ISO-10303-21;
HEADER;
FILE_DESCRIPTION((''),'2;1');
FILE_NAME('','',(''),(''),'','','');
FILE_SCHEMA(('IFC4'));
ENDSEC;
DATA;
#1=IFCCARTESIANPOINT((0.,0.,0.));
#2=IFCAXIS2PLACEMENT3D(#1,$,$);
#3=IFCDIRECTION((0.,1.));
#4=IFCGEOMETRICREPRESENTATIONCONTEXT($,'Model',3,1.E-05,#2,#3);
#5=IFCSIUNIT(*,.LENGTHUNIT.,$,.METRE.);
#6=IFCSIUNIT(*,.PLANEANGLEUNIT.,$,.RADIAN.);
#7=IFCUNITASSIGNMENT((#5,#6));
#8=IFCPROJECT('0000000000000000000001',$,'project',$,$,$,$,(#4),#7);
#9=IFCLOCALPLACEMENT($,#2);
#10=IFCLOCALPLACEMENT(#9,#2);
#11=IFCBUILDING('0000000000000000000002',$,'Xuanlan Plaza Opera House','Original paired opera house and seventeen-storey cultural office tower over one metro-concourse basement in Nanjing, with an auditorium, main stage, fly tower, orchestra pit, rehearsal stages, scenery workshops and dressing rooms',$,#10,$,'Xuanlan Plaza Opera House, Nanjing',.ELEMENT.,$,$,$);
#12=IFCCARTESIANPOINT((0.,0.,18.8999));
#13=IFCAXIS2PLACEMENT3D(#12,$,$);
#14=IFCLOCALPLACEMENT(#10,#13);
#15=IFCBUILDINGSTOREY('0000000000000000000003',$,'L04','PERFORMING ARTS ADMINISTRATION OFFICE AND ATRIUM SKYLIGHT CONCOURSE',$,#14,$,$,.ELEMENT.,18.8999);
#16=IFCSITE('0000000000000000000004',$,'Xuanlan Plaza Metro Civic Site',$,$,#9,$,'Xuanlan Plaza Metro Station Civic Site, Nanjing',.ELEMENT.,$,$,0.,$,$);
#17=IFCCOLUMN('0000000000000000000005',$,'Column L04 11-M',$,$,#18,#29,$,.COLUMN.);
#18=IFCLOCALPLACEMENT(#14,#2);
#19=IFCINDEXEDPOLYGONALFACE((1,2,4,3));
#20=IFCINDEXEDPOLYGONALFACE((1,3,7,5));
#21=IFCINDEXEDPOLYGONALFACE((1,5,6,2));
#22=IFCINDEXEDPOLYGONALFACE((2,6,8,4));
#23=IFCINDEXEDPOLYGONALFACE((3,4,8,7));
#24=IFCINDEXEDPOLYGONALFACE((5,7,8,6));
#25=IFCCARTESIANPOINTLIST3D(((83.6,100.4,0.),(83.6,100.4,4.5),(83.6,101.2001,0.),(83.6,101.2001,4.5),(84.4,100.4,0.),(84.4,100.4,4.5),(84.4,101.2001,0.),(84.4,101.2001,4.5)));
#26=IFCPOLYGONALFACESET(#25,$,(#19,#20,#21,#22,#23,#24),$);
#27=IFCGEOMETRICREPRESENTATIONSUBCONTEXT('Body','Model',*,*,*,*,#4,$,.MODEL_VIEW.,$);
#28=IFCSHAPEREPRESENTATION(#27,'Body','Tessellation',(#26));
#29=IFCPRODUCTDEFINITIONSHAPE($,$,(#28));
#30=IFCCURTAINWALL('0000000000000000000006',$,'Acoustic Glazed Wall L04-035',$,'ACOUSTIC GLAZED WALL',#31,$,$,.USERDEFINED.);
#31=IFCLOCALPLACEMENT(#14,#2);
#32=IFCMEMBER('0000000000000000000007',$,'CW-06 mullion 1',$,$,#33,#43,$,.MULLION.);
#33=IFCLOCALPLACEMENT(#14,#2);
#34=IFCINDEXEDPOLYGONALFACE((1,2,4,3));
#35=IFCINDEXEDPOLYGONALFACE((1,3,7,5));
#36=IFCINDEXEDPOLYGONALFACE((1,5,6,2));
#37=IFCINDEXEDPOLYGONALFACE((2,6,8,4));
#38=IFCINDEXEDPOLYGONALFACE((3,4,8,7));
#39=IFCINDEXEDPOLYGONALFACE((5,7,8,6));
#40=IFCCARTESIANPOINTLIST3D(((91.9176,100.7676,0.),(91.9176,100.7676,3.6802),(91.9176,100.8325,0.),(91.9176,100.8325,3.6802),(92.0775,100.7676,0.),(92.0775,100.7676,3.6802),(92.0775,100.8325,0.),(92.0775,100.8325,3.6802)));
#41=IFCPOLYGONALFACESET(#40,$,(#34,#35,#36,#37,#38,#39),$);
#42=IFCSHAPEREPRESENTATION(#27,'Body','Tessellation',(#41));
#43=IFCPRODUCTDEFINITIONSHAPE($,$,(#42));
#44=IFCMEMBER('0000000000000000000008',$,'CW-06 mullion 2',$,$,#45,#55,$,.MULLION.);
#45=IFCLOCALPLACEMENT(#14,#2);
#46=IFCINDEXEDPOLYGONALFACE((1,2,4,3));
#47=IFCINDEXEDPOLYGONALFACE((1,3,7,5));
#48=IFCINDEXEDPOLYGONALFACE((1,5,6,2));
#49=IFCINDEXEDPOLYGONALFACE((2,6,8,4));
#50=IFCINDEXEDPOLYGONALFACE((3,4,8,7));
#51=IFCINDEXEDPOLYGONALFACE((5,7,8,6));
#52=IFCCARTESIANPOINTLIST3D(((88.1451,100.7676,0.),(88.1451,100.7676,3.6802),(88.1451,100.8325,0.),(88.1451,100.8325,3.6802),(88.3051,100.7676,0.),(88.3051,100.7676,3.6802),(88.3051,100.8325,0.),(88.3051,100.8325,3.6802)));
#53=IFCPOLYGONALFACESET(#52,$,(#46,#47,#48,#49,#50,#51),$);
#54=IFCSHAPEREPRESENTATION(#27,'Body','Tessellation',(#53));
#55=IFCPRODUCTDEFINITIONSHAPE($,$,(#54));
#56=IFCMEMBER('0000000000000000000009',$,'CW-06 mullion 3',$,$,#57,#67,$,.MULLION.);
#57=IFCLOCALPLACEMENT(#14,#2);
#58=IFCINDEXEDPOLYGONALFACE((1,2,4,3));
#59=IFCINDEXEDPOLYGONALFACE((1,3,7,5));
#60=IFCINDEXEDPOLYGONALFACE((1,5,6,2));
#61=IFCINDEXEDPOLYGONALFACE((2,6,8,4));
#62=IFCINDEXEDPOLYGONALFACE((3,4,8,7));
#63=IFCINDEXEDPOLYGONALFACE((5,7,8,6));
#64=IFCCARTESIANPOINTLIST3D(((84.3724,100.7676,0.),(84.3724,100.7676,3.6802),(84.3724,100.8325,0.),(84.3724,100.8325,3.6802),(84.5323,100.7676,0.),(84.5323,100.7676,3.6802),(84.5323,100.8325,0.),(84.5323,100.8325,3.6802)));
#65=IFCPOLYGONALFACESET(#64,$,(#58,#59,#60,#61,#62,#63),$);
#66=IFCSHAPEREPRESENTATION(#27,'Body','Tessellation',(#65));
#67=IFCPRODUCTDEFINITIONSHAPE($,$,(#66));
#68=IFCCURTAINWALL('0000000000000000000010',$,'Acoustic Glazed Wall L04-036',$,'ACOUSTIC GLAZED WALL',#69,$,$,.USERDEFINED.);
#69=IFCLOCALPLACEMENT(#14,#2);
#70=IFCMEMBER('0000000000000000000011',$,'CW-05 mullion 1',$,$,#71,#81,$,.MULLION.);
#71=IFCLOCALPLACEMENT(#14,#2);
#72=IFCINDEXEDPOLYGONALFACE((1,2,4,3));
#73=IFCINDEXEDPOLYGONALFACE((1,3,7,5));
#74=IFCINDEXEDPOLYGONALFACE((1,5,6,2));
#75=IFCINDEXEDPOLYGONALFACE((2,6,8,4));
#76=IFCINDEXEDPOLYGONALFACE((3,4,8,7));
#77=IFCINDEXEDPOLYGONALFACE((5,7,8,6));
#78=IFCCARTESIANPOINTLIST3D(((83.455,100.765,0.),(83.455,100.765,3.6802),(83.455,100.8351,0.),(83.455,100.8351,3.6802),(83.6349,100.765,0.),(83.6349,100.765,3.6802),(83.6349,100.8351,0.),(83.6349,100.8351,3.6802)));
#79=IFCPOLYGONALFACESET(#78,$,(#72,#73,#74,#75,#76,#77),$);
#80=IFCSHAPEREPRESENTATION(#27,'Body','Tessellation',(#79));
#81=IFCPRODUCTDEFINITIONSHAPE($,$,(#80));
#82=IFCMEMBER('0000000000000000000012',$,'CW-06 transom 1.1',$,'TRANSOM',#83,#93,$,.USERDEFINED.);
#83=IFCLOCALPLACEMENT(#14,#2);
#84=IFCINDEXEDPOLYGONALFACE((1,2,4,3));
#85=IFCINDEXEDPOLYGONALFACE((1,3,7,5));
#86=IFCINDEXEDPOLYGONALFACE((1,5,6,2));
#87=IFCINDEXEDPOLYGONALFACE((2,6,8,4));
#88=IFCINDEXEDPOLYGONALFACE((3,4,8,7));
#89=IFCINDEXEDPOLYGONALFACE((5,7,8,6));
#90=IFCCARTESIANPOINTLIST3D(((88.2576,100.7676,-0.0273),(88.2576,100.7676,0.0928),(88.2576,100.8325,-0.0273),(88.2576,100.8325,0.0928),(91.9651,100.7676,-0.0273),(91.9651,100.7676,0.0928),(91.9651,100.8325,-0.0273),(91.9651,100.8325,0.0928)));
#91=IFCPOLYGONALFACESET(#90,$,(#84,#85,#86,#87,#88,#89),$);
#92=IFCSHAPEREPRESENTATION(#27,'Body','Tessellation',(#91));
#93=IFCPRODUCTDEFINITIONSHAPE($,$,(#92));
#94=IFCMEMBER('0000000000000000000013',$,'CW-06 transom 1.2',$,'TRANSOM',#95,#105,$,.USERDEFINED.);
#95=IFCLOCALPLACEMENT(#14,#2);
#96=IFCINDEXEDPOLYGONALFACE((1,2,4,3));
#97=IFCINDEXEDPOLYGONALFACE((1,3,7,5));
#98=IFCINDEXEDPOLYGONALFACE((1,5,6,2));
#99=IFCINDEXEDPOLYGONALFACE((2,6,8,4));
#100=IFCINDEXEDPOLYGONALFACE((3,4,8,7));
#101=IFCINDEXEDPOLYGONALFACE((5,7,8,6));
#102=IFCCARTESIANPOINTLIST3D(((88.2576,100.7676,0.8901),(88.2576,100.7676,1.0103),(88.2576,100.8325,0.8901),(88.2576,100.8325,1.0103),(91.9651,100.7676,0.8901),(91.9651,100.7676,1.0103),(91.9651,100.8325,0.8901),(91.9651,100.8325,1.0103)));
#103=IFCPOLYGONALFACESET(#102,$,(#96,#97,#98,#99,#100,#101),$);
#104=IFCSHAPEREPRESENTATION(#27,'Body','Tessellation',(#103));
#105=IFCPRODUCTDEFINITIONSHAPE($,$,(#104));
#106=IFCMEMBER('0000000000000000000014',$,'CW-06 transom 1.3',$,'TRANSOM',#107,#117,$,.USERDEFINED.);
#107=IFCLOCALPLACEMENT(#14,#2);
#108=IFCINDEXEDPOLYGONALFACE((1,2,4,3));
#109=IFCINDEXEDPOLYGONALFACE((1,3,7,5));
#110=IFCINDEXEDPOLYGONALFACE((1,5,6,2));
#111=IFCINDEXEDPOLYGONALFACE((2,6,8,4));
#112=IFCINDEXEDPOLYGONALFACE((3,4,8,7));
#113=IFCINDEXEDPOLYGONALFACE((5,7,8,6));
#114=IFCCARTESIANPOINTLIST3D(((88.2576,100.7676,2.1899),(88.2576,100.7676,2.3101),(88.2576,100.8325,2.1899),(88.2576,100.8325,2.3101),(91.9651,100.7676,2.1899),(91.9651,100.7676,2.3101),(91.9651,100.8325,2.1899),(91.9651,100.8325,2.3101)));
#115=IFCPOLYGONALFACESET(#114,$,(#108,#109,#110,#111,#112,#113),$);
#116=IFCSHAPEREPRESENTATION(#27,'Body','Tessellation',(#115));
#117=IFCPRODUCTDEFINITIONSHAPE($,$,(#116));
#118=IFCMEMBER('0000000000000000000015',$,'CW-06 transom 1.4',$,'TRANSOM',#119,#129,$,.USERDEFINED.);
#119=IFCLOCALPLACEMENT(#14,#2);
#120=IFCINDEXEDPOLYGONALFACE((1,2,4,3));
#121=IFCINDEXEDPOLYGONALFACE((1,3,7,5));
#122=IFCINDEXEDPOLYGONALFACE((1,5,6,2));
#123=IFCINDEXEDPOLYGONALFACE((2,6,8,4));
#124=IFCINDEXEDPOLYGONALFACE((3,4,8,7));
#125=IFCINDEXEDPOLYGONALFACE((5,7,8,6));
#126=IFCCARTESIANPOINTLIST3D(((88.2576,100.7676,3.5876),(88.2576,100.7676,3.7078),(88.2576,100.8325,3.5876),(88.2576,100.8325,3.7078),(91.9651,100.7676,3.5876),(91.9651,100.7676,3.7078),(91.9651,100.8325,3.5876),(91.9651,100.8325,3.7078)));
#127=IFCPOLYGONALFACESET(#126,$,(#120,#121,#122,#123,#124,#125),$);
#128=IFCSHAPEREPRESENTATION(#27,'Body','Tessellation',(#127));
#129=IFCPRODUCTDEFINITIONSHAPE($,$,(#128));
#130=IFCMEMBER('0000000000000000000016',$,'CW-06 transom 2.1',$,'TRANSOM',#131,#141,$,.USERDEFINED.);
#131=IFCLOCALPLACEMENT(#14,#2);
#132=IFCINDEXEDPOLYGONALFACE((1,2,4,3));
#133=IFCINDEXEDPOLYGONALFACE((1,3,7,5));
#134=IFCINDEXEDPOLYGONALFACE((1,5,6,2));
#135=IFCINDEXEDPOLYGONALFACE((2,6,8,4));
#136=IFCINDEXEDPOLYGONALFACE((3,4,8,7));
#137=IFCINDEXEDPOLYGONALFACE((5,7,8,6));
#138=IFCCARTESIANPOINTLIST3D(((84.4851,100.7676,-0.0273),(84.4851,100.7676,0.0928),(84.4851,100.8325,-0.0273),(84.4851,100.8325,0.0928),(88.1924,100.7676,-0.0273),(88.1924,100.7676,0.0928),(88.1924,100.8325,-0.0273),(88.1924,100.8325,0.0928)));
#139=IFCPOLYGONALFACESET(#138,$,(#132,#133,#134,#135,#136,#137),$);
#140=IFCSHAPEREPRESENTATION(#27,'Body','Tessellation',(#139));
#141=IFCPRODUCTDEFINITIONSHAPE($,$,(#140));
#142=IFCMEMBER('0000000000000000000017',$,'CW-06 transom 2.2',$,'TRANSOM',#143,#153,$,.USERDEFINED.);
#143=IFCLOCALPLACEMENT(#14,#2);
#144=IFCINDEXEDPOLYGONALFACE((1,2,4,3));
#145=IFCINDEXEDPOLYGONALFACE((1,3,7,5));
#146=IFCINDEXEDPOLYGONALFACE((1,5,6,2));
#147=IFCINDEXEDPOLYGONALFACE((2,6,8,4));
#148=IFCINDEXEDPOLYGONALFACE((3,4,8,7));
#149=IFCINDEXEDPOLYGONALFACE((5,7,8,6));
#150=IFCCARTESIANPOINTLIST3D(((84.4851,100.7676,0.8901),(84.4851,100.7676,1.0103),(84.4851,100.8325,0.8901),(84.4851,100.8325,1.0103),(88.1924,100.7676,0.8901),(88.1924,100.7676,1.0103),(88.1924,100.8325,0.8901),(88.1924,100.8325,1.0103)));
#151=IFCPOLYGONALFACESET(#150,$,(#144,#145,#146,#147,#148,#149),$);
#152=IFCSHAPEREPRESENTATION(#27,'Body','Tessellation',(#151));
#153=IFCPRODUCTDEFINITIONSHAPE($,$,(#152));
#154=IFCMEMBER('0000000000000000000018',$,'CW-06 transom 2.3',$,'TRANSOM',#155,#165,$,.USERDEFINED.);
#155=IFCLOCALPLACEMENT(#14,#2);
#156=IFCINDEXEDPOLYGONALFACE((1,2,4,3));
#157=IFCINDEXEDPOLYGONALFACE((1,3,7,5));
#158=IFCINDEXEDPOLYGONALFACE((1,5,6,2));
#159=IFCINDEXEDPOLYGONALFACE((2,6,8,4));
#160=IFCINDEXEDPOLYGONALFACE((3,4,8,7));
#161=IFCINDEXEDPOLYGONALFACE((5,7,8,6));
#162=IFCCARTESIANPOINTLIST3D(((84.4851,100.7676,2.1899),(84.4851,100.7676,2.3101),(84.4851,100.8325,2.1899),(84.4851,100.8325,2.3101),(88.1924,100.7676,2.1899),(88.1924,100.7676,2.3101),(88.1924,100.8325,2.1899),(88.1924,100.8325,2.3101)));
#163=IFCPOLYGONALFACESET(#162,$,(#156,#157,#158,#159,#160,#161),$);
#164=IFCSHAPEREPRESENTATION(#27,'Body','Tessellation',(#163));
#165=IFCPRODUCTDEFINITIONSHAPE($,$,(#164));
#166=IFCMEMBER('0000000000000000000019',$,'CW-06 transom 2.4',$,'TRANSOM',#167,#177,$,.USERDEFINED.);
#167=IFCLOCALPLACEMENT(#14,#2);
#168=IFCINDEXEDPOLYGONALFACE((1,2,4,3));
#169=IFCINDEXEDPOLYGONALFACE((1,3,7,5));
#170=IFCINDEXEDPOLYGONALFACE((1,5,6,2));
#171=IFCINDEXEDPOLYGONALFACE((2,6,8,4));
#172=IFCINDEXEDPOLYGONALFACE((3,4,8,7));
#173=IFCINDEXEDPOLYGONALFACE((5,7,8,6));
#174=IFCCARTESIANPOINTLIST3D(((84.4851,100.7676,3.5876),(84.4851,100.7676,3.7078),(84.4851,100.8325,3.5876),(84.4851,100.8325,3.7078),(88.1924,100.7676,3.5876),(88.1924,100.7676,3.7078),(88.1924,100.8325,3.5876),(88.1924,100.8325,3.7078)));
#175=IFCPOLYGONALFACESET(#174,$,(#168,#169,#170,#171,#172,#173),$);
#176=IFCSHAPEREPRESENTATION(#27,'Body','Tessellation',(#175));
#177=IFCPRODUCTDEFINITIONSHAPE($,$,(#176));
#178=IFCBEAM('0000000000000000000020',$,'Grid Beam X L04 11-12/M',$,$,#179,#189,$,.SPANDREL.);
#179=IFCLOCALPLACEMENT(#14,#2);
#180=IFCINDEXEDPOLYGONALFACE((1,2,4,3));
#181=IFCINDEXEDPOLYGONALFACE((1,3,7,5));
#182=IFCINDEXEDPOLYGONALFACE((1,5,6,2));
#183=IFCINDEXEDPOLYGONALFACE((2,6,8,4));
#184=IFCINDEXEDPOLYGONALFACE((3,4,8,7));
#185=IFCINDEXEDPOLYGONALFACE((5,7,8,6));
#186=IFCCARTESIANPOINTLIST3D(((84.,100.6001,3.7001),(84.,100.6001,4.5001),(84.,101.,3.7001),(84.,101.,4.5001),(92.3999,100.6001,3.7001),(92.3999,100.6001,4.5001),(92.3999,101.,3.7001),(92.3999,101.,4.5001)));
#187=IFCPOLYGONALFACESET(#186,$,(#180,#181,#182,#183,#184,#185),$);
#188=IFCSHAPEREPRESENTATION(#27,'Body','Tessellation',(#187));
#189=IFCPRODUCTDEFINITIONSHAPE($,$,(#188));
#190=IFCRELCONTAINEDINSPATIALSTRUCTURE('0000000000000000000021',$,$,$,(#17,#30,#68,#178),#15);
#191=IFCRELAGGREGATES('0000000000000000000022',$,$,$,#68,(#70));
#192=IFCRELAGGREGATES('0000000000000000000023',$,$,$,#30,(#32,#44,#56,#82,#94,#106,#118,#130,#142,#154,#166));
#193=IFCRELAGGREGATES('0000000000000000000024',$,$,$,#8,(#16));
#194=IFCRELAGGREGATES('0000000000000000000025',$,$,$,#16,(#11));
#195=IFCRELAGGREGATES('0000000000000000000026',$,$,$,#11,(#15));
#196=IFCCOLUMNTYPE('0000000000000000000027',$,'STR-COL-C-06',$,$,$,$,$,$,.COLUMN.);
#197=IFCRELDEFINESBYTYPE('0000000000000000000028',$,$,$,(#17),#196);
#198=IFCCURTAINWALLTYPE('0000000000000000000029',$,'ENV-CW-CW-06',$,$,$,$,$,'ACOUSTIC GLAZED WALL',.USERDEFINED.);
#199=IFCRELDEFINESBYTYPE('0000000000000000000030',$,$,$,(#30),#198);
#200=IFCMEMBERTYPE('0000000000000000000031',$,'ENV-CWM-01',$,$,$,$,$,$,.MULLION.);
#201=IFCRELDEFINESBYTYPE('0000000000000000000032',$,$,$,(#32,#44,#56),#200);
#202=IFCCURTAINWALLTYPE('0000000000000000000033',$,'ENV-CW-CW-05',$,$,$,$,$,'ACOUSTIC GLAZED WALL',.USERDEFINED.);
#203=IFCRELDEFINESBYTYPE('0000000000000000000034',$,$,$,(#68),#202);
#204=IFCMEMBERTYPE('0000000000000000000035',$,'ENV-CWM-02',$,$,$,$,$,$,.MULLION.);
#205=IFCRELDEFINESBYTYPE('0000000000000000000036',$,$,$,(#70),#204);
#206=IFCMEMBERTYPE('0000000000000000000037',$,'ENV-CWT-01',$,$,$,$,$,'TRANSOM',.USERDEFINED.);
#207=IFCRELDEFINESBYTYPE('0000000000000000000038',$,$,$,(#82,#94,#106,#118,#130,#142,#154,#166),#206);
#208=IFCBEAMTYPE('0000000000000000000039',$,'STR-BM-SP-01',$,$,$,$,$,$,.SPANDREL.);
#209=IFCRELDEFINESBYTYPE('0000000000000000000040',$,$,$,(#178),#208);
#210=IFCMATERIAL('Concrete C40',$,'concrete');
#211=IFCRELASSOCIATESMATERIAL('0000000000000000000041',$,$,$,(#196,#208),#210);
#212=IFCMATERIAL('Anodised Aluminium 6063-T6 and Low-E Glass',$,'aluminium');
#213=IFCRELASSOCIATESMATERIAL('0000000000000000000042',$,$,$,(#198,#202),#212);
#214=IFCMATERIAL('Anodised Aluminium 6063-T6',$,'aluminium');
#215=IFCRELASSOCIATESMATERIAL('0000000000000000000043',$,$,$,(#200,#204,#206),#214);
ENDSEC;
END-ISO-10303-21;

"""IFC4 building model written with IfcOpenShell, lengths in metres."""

from ifc_helpers import new_model, si_unit, direction, frame, origin, origin_2d, place, context, subcontext, project, spatial, rectangle, extrude, material, material_profile, profile_set, type_object, element, aggregate, save


model = new_model("IFC4")

# Units and contexts
model_context = context("Model", 3, precision=1e-05, world=origin(), true_north=direction((0.0, 1.0)))
body_context = subcontext(model_context, "Body", "Model", "MODEL_VIEW")
ifc_project = project(units=[si_unit("LENGTHUNIT", "METRE"), si_unit("PLANEANGLEUNIT", "RADIAN")], contexts=[model_context])

# Site, building, storey
site_placement = place(None, origin())
site = spatial("IfcSite", under=ifc_project, at=site_placement, Name="Xuanlan Plaza Metro Civic Site", LongName="Xuanlan Plaza Metro Station Civic Site, Nanjing", CompositionType="ELEMENT", RefElevation=0.0)
building_placement = place(site_placement, origin())
building = spatial("IfcBuilding", under=site, at=building_placement, Name="Xuanlan Plaza Opera House", Description="Original paired opera house and seventeen-storey cultural office tower over one metro-concourse basement in Nanjing, with an auditorium, main stage, fly tower, orchestra pit, rehearsal stages, scenery workshops and dressing rooms", LongName="Xuanlan Plaza Opera House, Nanjing", CompositionType="ELEMENT")
storey_placement = place(building_placement, frame((0.0, 0.0, 18.8999)))
storey = spatial("IfcBuildingStorey", under=building, at=storey_placement, Name="L04", Description="PERFORMING ARTS ADMINISTRATION OFFICE AND ATRIUM SKYLIGHT CONCOURSE", CompositionType="ELEMENT", Elevation=18.8999)

# Column
ifc_material_1 = material(Name="Concrete C40", Category="concrete")
ifc_material_profile_1 = material_profile(ifc_material_1, rectangle(XDim=0.8, YDim=0.8, at=origin_2d()), Name="RC-COL 800x800")
ifc_profile_set_1 = profile_set([ifc_material_profile_1], Name="Concrete C40")
column_type = type_object("IfcColumnType", Name="STR-COL-C-06", PredefinedType="COLUMN", material=ifc_profile_set_1)
column_placement = place(storey_placement, frame((84.0, 100.8, 0.0), z_axis=(0.0, 0.0, 1.0), x_axis=(1.0, 0.0, 0.0)))
element("IfcColumn", 1, at=column_placement, inside=storey, type_object=column_type, Name="Column L04 11-M", PredefinedType="COLUMN", context=body_context, shape_type="SweptSolid", body=[
    extrude(rectangle(XDim=0.8, YDim=0.8, at=origin_2d()), origin(), (0.0, 0.0, 1.0), 4.5),
])

# Curtain wall, members
ifc_material_2 = material(Name="Anodised Aluminium 6063-T6 and Low-E Glass", Category="aluminium")
curtain_wall_type_1 = type_object("IfcCurtainWallType", Name="ENV-CW-CW-06", ElementType="ACOUSTIC GLAZED WALL", PredefinedType="USERDEFINED", material=ifc_material_2)
curtain_wall_1_placement = place(storey_placement, origin())
curtain_wall_1 = element("IfcCurtainWall", 2, at=curtain_wall_1_placement, inside=storey, type_object=curtain_wall_type_1, Name="Acoustic Glazed Wall L04-035", ObjectType="ACOUSTIC GLAZED WALL", PredefinedType="USERDEFINED")
ifc_material_3 = material(Name="Anodised Aluminium 6063-T6", Category="aluminium")
ifc_material_profile_2 = material_profile(ifc_material_3, rectangle(XDim=0.0649, YDim=0.1599, at=origin_2d()), Name="ALU-M 65x160")
ifc_profile_set_2 = profile_set([ifc_material_profile_2], Name="Anodised Aluminium 6063-T6")
member_type_1 = type_object("IfcMemberType", Name="ENV-CWM-01", PredefinedType="MULLION", material=ifc_profile_set_2)
member_1_placement = place(storey_placement, frame((91.9976, 100.8, 0.0), z_axis=(0.0, 0.0, 1.0), x_axis=(0.0, -1.0, 0.0)))
member_1 = element("IfcMember", 3, at=member_1_placement, type_object=member_type_1, Name="CW-06 mullion 1", PredefinedType="MULLION", context=body_context, shape_type="SweptSolid", body=[
    extrude(rectangle(XDim=0.0649, YDim=0.1599, at=origin_2d()), origin(), (0.0, 0.0, 1.0), 3.6802),
])
member_2_placement = place(storey_placement, frame((88.2251, 100.8, 0.0), z_axis=(0.0, 0.0, 1.0), x_axis=(0.0, -1.0, 0.0)))
member_2 = element("IfcMember", 4, at=member_2_placement, type_object=member_type_1, Name="CW-06 mullion 2", PredefinedType="MULLION", context=body_context, shape_type="SweptSolid", body=[
    extrude(rectangle(XDim=0.0649, YDim=0.1599, at=origin_2d()), origin(), (0.0, 0.0, 1.0), 3.6802),
])
member_3_placement = place(storey_placement, frame((84.4524, 100.8, 0.0), z_axis=(0.0, 0.0, 1.0), x_axis=(0.0, -1.0, 0.0)))
member_3 = element("IfcMember", 5, at=member_3_placement, type_object=member_type_1, Name="CW-06 mullion 3", PredefinedType="MULLION", context=body_context, shape_type="SweptSolid", body=[
    extrude(rectangle(XDim=0.0649, YDim=0.1599, at=origin_2d()), origin(), (0.0, 0.0, 1.0), 3.6802),
])

# Curtain wall, member
curtain_wall_type_2 = type_object("IfcCurtainWallType", Name="ENV-CW-CW-05", ElementType="ACOUSTIC GLAZED WALL", PredefinedType="USERDEFINED", material=ifc_material_2)
curtain_wall_2_placement = place(storey_placement, origin())
curtain_wall_2 = element("IfcCurtainWall", 6, at=curtain_wall_2_placement, inside=storey, type_object=curtain_wall_type_2, Name="Acoustic Glazed Wall L04-036", ObjectType="ACOUSTIC GLAZED WALL", PredefinedType="USERDEFINED")
ifc_material_profile_3 = material_profile(ifc_material_3, rectangle(XDim=0.0701, YDim=0.1799, at=origin_2d()), Name="ALU-M 70x180")
ifc_profile_set_3 = profile_set([ifc_material_profile_3], Name="Anodised Aluminium 6063-T6")
member_type_2 = type_object("IfcMemberType", Name="ENV-CWM-02", PredefinedType="MULLION", material=ifc_profile_set_3)
member_4_placement = place(storey_placement, frame((83.5449, 100.8, 0.0), z_axis=(0.0, 0.0, 1.0), x_axis=(0.0, -1.0, 0.0)))
member_4 = element("IfcMember", 7, at=member_4_placement, type_object=member_type_2, Name="CW-05 mullion 1", PredefinedType="MULLION", context=body_context, shape_type="SweptSolid", body=[
    extrude(rectangle(XDim=0.0701, YDim=0.1799, at=origin_2d()), origin(), (0.0, 0.0, 1.0), 3.6802),
])
aggregate(curtain_wall_2, [member_4])

# Members
ifc_material_profile_4 = material_profile(ifc_material_3, rectangle(XDim=0.0649, YDim=0.1201, at=origin_2d()), Name="ALU-T 65x120")
ifc_profile_set_4 = profile_set([ifc_material_profile_4], Name="Anodised Aluminium 6063-T6")
member_type_3 = type_object("IfcMemberType", Name="ENV-CWT-01", ElementType="TRANSOM", PredefinedType="USERDEFINED", material=ifc_profile_set_4)
member_5_placement = place(storey_placement, frame((91.9651, 100.8, 0.0327), z_axis=(-1.0, 0.0, 0.0), x_axis=(0.0, -1.0, 0.0)))
member_5 = element("IfcMember", 8, at=member_5_placement, type_object=member_type_3, Name="CW-06 transom 1.1", ObjectType="TRANSOM", PredefinedType="USERDEFINED", context=body_context, shape_type="SweptSolid", body=[
    extrude(rectangle(XDim=0.0649, YDim=0.1201, at=origin_2d()), origin(), (0.0, 0.0, 1.0), 3.7075),
])
member_6_placement = place(storey_placement, frame((91.9651, 100.8, 0.9502), z_axis=(-1.0, 0.0, 0.0), x_axis=(0.0, -1.0, 0.0)))
member_6 = element("IfcMember", 9, at=member_6_placement, type_object=member_type_3, Name="CW-06 transom 1.2", ObjectType="TRANSOM", PredefinedType="USERDEFINED", context=body_context, shape_type="SweptSolid", body=[
    extrude(rectangle(XDim=0.0649, YDim=0.1201, at=origin_2d()), origin(), (0.0, 0.0, 1.0), 3.7075),
])
member_7_placement = place(storey_placement, frame((91.9651, 100.8, 2.25), z_axis=(-1.0, 0.0, 0.0), x_axis=(0.0, -1.0, 0.0)))
member_7 = element("IfcMember", 10, at=member_7_placement, type_object=member_type_3, Name="CW-06 transom 1.3", ObjectType="TRANSOM", PredefinedType="USERDEFINED", context=body_context, shape_type="SweptSolid", body=[
    extrude(rectangle(XDim=0.0649, YDim=0.1201, at=origin_2d()), origin(), (0.0, 0.0, 1.0), 3.7075),
])
member_8_placement = place(storey_placement, frame((91.9651, 100.8, 3.6477), z_axis=(-1.0, 0.0, 0.0), x_axis=(0.0, -1.0, 0.0)))
member_8 = element("IfcMember", 11, at=member_8_placement, type_object=member_type_3, Name="CW-06 transom 1.4", ObjectType="TRANSOM", PredefinedType="USERDEFINED", context=body_context, shape_type="SweptSolid", body=[
    extrude(rectangle(XDim=0.0649, YDim=0.1201, at=origin_2d()), origin(), (0.0, 0.0, 1.0), 3.7075),
])
member_9_placement = place(storey_placement, frame((88.1924, 100.8, 0.0327), z_axis=(-1.0, 0.0, 0.0), x_axis=(0.0, -1.0, 0.0)))
member_9 = element("IfcMember", 12, at=member_9_placement, type_object=member_type_3, Name="CW-06 transom 2.1", ObjectType="TRANSOM", PredefinedType="USERDEFINED", context=body_context, shape_type="SweptSolid", body=[
    extrude(rectangle(XDim=0.0649, YDim=0.1201, at=origin_2d()), origin(), (0.0, 0.0, 1.0), 3.7073),
])
member_10_placement = place(storey_placement, frame((88.1924, 100.8, 0.9502), z_axis=(-1.0, 0.0, 0.0), x_axis=(0.0, -1.0, 0.0)))
member_10 = element("IfcMember", 13, at=member_10_placement, type_object=member_type_3, Name="CW-06 transom 2.2", ObjectType="TRANSOM", PredefinedType="USERDEFINED", context=body_context, shape_type="SweptSolid", body=[
    extrude(rectangle(XDim=0.0649, YDim=0.1201, at=origin_2d()), origin(), (0.0, 0.0, 1.0), 3.7073),
])
member_11_placement = place(storey_placement, frame((88.1924, 100.8, 2.25), z_axis=(-1.0, 0.0, 0.0), x_axis=(0.0, -1.0, 0.0)))
member_11 = element("IfcMember", 14, at=member_11_placement, type_object=member_type_3, Name="CW-06 transom 2.3", ObjectType="TRANSOM", PredefinedType="USERDEFINED", context=body_context, shape_type="SweptSolid", body=[
    extrude(rectangle(XDim=0.0649, YDim=0.1201, at=origin_2d()), origin(), (0.0, 0.0, 1.0), 3.7073),
])
member_12_placement = place(storey_placement, frame((88.1924, 100.8, 3.6477), z_axis=(-1.0, 0.0, 0.0), x_axis=(0.0, -1.0, 0.0)))
member_12 = element("IfcMember", 15, at=member_12_placement, type_object=member_type_3, Name="CW-06 transom 2.4", ObjectType="TRANSOM", PredefinedType="USERDEFINED", context=body_context, shape_type="SweptSolid", body=[
    extrude(rectangle(XDim=0.0649, YDim=0.1201, at=origin_2d()), origin(), (0.0, 0.0, 1.0), 3.7073),
])

# Beam
ifc_material_profile_5 = material_profile(ifc_material_1, rectangle(XDim=0.3999, YDim=0.8, at=origin_2d()), Name="RC-SPD 400x800")
ifc_profile_set_5 = profile_set([ifc_material_profile_5], Name="Concrete C40")
beam_type = type_object("IfcBeamType", Name="STR-BM-SP-01", PredefinedType="SPANDREL", material=ifc_profile_set_5)
beam_placement = place(storey_placement, frame((84.0, 100.8, 4.1001), z_axis=(1.0, 0.0, 0.0), x_axis=(0.0, 1.0, 0.0)))
element("IfcBeam", 16, at=beam_placement, inside=storey, type_object=beam_type, Name="Grid Beam X L04 11-12/M", PredefinedType="SPANDREL", context=body_context, shape_type="SweptSolid", body=[
    extrude(rectangle(XDim=0.3999, YDim=0.8, at=origin_2d()), origin(), (0.0, 0.0, 1.0), 8.3999),
])

aggregate(curtain_wall_1, [member_1, member_2, member_3, member_5, member_6, member_7, member_8, member_9, member_10, member_11, member_12])

save(model, "model.ifc")
